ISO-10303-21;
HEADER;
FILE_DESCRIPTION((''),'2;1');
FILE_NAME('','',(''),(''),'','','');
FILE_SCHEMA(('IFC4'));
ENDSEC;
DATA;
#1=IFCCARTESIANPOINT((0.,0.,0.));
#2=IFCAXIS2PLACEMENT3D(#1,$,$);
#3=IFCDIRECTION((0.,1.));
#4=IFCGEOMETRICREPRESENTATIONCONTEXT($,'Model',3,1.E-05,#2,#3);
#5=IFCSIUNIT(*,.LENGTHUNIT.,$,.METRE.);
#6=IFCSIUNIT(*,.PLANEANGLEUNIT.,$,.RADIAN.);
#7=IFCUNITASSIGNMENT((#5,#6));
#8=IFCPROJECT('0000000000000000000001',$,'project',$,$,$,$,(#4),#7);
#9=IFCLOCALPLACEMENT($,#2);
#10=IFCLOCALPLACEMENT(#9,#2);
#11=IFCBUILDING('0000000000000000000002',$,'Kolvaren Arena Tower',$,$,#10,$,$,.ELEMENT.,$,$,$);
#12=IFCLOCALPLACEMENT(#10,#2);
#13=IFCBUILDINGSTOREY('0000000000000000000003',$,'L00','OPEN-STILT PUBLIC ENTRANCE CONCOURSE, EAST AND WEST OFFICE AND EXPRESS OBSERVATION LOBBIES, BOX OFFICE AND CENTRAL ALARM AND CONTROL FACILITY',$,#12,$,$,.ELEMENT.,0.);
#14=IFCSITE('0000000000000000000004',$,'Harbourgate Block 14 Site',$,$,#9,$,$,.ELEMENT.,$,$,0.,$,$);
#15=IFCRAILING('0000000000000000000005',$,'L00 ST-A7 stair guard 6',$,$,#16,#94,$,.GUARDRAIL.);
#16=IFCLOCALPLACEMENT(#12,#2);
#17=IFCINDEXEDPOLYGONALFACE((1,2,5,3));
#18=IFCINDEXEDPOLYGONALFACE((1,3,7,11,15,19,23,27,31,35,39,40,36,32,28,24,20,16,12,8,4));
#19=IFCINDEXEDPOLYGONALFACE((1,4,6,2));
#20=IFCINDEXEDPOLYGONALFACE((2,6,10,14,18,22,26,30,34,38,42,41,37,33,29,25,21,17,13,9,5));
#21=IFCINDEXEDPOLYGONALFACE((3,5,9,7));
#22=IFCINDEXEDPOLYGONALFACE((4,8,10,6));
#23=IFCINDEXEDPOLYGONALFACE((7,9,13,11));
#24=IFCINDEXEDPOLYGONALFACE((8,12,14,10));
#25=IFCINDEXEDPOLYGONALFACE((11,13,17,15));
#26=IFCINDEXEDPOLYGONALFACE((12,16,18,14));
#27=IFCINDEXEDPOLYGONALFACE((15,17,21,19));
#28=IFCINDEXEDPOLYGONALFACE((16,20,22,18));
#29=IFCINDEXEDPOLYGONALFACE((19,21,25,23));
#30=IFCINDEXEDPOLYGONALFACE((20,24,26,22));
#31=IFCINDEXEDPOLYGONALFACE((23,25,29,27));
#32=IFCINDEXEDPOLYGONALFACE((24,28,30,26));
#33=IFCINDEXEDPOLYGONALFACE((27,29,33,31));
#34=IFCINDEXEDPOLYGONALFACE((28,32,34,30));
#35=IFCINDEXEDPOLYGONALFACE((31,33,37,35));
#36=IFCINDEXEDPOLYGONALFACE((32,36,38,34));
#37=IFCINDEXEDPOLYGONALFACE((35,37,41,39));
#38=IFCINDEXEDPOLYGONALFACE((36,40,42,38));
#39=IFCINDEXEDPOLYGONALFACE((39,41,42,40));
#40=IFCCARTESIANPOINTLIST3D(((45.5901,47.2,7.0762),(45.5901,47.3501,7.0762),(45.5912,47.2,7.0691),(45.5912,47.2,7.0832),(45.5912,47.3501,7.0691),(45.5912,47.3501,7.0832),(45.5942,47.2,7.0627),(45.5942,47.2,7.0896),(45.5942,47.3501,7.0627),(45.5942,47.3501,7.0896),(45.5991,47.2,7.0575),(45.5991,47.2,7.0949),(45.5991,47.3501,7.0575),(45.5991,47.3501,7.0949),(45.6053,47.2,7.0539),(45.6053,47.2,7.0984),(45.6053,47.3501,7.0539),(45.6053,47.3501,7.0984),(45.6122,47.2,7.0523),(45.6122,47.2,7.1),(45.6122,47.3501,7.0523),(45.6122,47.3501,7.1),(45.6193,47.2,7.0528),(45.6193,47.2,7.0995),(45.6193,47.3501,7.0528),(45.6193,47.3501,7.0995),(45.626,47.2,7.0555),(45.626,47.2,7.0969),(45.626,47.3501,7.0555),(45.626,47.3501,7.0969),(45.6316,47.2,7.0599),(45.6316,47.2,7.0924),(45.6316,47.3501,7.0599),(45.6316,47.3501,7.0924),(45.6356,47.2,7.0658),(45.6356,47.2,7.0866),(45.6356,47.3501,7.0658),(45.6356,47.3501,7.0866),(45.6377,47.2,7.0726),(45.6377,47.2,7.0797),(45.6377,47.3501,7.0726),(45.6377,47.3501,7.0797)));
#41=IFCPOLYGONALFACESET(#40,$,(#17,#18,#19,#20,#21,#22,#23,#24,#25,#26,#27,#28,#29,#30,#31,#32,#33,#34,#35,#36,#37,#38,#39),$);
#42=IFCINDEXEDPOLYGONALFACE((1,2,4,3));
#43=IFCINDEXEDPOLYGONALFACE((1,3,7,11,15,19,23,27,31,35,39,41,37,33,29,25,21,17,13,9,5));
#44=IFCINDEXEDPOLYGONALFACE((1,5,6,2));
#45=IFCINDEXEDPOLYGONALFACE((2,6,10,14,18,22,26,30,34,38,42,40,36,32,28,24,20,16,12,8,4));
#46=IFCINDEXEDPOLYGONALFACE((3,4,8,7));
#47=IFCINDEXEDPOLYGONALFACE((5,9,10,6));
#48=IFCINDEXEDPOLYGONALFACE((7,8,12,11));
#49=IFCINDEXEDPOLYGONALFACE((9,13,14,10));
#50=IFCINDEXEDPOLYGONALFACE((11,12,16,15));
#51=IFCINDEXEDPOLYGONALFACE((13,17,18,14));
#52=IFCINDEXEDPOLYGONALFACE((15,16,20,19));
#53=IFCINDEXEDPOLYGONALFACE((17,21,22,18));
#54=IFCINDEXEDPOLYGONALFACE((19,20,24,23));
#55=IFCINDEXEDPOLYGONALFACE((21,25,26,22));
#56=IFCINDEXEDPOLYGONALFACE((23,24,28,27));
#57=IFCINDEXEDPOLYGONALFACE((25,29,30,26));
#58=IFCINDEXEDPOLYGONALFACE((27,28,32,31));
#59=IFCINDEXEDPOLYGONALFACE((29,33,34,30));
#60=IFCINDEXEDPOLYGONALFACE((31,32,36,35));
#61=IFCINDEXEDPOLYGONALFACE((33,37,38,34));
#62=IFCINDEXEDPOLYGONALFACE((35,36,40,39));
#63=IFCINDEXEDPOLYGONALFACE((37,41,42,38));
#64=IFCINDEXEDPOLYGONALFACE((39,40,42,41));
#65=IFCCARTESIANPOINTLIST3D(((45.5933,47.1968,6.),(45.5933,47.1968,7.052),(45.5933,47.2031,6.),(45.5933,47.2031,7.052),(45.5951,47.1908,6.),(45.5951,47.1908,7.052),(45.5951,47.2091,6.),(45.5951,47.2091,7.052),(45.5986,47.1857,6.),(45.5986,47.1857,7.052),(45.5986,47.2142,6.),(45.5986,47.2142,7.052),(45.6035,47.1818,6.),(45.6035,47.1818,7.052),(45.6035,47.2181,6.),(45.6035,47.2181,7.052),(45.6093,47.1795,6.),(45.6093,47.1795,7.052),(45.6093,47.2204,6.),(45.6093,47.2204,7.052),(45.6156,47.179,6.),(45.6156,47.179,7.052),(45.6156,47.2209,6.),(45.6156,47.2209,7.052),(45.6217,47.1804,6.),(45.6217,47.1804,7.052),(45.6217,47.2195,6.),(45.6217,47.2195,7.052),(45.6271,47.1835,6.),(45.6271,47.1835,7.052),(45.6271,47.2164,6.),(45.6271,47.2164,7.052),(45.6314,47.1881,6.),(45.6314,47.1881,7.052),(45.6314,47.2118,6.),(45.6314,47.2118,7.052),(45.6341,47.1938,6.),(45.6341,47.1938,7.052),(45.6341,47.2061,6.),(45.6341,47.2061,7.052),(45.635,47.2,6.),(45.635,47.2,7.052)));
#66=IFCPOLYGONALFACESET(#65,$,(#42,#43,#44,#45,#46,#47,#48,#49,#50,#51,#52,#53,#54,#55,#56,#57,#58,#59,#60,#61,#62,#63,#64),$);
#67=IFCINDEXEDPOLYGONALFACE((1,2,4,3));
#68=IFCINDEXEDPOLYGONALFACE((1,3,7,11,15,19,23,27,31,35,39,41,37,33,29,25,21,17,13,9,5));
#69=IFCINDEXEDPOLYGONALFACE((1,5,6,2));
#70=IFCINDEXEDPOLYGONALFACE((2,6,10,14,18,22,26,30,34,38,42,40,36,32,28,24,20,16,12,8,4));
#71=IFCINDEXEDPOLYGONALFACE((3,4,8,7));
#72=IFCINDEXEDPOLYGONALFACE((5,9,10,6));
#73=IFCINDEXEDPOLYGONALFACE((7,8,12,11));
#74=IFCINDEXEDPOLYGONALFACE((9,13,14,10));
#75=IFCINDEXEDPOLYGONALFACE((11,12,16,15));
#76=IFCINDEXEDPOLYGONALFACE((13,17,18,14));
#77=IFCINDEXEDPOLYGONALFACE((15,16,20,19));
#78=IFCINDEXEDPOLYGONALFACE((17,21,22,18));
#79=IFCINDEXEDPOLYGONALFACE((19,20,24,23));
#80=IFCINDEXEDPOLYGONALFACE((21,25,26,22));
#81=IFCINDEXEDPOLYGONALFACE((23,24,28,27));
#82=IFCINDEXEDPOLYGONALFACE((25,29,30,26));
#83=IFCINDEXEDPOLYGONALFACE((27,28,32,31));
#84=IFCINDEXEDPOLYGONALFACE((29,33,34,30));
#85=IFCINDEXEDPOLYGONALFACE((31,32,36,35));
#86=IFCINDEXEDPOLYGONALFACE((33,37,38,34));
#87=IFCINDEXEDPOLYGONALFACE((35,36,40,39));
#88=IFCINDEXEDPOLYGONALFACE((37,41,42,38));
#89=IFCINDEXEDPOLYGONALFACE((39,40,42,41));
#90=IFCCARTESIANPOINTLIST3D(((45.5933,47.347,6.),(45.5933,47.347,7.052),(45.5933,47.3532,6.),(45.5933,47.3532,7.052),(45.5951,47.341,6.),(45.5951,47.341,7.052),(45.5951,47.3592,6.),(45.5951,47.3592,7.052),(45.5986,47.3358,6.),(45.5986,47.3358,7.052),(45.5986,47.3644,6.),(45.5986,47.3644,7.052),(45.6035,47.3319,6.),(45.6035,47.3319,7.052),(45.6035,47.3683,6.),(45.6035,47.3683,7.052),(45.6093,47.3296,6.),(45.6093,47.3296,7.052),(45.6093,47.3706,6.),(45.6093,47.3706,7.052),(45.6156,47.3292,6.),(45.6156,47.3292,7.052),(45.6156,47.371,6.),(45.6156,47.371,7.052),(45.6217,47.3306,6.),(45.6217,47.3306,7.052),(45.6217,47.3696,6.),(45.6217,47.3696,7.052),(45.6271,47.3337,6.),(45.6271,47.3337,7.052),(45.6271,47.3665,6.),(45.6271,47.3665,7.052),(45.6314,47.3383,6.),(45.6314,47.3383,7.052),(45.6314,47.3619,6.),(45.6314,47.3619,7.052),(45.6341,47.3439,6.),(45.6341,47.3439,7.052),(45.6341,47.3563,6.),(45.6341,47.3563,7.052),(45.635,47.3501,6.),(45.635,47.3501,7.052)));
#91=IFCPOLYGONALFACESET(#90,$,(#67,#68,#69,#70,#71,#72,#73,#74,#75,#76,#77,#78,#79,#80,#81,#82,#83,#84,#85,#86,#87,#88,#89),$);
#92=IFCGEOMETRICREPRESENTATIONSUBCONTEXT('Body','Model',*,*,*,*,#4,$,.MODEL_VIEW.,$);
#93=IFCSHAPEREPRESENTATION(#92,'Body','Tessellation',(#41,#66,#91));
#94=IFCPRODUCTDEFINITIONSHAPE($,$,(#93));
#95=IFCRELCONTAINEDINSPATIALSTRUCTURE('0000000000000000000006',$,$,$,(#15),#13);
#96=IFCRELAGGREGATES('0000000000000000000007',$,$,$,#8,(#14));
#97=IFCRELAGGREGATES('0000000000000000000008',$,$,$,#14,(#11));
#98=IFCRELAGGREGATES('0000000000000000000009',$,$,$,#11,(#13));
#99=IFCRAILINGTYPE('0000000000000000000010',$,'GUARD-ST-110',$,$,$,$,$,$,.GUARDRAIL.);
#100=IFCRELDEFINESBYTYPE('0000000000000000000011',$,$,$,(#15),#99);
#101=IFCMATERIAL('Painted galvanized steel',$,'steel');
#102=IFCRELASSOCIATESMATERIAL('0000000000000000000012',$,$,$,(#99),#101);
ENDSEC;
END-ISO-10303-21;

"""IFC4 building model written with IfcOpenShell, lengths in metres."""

from ifc_helpers import new_model, si_unit, direction, frame, origin, origin_2d, place, context, subcontext, project, spatial, circle, extrude, material, type_object, element, save


model = new_model("IFC4")

# Units and contexts
model_context = context("Model", 3, precision=1e-05, world=origin(), true_north=direction((0.0, 1.0)))
body_context = subcontext(model_context, "Body", "Model", "MODEL_VIEW")
ifc_project = project(units=[si_unit("LENGTHUNIT", "METRE"), si_unit("PLANEANGLEUNIT", "RADIAN")], contexts=[model_context])

# Site, building, storey
site_placement = place(None, origin())
site = spatial("IfcSite", under=ifc_project, at=site_placement, Name="Harbourgate Block 14 Site", CompositionType="ELEMENT", RefElevation=0.0)
building_placement = place(site_placement, origin())
building = spatial("IfcBuilding", under=site, at=building_placement, Name="Kolvaren Arena Tower", CompositionType="ELEMENT")
storey_placement = place(building_placement, origin())
storey = spatial("IfcBuildingStorey", under=building, at=storey_placement, Name="L00", Description="OPEN-STILT PUBLIC ENTRANCE CONCOURSE, EAST AND WEST OFFICE AND EXPRESS OBSERVATION LOBBIES, BOX OFFICE AND CENTRAL ALARM AND CONTROL FACILITY", CompositionType="ELEMENT", Elevation=0.0)

# Railing
ifc_material_1 = material(Name="Painted galvanized steel", Category="steel")
railing_type_1 = type_object("IfcRailingType", Name="GUARD-ST-110", PredefinedType="GUARDRAIL", material=ifc_material_1)
railing_1_placement = place(storey_placement, frame((45.614, 47.2, 6.0)))
element("IfcRailing", 1, at=railing_1_placement, inside=storey, type_object=railing_type_1, Name="L00 ST-A7 stair guard 6", PredefinedType="GUARDRAIL", context=body_context, shape_type="SweptSolid", body=[
    extrude(circle(Radius=0.0239, at=origin_2d()), frame((0.0, 0.0, 1.0762), z_axis=(0.0, 1.0, 0.0), x_axis=(-1.0, 0.0, 0.0)), (0.0, 0.0, 1.0), 0.1501),
    extrude(circle(Radius=0.021, at=origin_2d()), origin(), (0.0, 0.0, 1.0), 1.052),
    extrude(circle(Radius=0.021, at=origin_2d()), frame((0.0, 0.1501, 0.0)), (0.0, 0.0, 1.0), 1.052),
])

save(model, "model.ifc")
